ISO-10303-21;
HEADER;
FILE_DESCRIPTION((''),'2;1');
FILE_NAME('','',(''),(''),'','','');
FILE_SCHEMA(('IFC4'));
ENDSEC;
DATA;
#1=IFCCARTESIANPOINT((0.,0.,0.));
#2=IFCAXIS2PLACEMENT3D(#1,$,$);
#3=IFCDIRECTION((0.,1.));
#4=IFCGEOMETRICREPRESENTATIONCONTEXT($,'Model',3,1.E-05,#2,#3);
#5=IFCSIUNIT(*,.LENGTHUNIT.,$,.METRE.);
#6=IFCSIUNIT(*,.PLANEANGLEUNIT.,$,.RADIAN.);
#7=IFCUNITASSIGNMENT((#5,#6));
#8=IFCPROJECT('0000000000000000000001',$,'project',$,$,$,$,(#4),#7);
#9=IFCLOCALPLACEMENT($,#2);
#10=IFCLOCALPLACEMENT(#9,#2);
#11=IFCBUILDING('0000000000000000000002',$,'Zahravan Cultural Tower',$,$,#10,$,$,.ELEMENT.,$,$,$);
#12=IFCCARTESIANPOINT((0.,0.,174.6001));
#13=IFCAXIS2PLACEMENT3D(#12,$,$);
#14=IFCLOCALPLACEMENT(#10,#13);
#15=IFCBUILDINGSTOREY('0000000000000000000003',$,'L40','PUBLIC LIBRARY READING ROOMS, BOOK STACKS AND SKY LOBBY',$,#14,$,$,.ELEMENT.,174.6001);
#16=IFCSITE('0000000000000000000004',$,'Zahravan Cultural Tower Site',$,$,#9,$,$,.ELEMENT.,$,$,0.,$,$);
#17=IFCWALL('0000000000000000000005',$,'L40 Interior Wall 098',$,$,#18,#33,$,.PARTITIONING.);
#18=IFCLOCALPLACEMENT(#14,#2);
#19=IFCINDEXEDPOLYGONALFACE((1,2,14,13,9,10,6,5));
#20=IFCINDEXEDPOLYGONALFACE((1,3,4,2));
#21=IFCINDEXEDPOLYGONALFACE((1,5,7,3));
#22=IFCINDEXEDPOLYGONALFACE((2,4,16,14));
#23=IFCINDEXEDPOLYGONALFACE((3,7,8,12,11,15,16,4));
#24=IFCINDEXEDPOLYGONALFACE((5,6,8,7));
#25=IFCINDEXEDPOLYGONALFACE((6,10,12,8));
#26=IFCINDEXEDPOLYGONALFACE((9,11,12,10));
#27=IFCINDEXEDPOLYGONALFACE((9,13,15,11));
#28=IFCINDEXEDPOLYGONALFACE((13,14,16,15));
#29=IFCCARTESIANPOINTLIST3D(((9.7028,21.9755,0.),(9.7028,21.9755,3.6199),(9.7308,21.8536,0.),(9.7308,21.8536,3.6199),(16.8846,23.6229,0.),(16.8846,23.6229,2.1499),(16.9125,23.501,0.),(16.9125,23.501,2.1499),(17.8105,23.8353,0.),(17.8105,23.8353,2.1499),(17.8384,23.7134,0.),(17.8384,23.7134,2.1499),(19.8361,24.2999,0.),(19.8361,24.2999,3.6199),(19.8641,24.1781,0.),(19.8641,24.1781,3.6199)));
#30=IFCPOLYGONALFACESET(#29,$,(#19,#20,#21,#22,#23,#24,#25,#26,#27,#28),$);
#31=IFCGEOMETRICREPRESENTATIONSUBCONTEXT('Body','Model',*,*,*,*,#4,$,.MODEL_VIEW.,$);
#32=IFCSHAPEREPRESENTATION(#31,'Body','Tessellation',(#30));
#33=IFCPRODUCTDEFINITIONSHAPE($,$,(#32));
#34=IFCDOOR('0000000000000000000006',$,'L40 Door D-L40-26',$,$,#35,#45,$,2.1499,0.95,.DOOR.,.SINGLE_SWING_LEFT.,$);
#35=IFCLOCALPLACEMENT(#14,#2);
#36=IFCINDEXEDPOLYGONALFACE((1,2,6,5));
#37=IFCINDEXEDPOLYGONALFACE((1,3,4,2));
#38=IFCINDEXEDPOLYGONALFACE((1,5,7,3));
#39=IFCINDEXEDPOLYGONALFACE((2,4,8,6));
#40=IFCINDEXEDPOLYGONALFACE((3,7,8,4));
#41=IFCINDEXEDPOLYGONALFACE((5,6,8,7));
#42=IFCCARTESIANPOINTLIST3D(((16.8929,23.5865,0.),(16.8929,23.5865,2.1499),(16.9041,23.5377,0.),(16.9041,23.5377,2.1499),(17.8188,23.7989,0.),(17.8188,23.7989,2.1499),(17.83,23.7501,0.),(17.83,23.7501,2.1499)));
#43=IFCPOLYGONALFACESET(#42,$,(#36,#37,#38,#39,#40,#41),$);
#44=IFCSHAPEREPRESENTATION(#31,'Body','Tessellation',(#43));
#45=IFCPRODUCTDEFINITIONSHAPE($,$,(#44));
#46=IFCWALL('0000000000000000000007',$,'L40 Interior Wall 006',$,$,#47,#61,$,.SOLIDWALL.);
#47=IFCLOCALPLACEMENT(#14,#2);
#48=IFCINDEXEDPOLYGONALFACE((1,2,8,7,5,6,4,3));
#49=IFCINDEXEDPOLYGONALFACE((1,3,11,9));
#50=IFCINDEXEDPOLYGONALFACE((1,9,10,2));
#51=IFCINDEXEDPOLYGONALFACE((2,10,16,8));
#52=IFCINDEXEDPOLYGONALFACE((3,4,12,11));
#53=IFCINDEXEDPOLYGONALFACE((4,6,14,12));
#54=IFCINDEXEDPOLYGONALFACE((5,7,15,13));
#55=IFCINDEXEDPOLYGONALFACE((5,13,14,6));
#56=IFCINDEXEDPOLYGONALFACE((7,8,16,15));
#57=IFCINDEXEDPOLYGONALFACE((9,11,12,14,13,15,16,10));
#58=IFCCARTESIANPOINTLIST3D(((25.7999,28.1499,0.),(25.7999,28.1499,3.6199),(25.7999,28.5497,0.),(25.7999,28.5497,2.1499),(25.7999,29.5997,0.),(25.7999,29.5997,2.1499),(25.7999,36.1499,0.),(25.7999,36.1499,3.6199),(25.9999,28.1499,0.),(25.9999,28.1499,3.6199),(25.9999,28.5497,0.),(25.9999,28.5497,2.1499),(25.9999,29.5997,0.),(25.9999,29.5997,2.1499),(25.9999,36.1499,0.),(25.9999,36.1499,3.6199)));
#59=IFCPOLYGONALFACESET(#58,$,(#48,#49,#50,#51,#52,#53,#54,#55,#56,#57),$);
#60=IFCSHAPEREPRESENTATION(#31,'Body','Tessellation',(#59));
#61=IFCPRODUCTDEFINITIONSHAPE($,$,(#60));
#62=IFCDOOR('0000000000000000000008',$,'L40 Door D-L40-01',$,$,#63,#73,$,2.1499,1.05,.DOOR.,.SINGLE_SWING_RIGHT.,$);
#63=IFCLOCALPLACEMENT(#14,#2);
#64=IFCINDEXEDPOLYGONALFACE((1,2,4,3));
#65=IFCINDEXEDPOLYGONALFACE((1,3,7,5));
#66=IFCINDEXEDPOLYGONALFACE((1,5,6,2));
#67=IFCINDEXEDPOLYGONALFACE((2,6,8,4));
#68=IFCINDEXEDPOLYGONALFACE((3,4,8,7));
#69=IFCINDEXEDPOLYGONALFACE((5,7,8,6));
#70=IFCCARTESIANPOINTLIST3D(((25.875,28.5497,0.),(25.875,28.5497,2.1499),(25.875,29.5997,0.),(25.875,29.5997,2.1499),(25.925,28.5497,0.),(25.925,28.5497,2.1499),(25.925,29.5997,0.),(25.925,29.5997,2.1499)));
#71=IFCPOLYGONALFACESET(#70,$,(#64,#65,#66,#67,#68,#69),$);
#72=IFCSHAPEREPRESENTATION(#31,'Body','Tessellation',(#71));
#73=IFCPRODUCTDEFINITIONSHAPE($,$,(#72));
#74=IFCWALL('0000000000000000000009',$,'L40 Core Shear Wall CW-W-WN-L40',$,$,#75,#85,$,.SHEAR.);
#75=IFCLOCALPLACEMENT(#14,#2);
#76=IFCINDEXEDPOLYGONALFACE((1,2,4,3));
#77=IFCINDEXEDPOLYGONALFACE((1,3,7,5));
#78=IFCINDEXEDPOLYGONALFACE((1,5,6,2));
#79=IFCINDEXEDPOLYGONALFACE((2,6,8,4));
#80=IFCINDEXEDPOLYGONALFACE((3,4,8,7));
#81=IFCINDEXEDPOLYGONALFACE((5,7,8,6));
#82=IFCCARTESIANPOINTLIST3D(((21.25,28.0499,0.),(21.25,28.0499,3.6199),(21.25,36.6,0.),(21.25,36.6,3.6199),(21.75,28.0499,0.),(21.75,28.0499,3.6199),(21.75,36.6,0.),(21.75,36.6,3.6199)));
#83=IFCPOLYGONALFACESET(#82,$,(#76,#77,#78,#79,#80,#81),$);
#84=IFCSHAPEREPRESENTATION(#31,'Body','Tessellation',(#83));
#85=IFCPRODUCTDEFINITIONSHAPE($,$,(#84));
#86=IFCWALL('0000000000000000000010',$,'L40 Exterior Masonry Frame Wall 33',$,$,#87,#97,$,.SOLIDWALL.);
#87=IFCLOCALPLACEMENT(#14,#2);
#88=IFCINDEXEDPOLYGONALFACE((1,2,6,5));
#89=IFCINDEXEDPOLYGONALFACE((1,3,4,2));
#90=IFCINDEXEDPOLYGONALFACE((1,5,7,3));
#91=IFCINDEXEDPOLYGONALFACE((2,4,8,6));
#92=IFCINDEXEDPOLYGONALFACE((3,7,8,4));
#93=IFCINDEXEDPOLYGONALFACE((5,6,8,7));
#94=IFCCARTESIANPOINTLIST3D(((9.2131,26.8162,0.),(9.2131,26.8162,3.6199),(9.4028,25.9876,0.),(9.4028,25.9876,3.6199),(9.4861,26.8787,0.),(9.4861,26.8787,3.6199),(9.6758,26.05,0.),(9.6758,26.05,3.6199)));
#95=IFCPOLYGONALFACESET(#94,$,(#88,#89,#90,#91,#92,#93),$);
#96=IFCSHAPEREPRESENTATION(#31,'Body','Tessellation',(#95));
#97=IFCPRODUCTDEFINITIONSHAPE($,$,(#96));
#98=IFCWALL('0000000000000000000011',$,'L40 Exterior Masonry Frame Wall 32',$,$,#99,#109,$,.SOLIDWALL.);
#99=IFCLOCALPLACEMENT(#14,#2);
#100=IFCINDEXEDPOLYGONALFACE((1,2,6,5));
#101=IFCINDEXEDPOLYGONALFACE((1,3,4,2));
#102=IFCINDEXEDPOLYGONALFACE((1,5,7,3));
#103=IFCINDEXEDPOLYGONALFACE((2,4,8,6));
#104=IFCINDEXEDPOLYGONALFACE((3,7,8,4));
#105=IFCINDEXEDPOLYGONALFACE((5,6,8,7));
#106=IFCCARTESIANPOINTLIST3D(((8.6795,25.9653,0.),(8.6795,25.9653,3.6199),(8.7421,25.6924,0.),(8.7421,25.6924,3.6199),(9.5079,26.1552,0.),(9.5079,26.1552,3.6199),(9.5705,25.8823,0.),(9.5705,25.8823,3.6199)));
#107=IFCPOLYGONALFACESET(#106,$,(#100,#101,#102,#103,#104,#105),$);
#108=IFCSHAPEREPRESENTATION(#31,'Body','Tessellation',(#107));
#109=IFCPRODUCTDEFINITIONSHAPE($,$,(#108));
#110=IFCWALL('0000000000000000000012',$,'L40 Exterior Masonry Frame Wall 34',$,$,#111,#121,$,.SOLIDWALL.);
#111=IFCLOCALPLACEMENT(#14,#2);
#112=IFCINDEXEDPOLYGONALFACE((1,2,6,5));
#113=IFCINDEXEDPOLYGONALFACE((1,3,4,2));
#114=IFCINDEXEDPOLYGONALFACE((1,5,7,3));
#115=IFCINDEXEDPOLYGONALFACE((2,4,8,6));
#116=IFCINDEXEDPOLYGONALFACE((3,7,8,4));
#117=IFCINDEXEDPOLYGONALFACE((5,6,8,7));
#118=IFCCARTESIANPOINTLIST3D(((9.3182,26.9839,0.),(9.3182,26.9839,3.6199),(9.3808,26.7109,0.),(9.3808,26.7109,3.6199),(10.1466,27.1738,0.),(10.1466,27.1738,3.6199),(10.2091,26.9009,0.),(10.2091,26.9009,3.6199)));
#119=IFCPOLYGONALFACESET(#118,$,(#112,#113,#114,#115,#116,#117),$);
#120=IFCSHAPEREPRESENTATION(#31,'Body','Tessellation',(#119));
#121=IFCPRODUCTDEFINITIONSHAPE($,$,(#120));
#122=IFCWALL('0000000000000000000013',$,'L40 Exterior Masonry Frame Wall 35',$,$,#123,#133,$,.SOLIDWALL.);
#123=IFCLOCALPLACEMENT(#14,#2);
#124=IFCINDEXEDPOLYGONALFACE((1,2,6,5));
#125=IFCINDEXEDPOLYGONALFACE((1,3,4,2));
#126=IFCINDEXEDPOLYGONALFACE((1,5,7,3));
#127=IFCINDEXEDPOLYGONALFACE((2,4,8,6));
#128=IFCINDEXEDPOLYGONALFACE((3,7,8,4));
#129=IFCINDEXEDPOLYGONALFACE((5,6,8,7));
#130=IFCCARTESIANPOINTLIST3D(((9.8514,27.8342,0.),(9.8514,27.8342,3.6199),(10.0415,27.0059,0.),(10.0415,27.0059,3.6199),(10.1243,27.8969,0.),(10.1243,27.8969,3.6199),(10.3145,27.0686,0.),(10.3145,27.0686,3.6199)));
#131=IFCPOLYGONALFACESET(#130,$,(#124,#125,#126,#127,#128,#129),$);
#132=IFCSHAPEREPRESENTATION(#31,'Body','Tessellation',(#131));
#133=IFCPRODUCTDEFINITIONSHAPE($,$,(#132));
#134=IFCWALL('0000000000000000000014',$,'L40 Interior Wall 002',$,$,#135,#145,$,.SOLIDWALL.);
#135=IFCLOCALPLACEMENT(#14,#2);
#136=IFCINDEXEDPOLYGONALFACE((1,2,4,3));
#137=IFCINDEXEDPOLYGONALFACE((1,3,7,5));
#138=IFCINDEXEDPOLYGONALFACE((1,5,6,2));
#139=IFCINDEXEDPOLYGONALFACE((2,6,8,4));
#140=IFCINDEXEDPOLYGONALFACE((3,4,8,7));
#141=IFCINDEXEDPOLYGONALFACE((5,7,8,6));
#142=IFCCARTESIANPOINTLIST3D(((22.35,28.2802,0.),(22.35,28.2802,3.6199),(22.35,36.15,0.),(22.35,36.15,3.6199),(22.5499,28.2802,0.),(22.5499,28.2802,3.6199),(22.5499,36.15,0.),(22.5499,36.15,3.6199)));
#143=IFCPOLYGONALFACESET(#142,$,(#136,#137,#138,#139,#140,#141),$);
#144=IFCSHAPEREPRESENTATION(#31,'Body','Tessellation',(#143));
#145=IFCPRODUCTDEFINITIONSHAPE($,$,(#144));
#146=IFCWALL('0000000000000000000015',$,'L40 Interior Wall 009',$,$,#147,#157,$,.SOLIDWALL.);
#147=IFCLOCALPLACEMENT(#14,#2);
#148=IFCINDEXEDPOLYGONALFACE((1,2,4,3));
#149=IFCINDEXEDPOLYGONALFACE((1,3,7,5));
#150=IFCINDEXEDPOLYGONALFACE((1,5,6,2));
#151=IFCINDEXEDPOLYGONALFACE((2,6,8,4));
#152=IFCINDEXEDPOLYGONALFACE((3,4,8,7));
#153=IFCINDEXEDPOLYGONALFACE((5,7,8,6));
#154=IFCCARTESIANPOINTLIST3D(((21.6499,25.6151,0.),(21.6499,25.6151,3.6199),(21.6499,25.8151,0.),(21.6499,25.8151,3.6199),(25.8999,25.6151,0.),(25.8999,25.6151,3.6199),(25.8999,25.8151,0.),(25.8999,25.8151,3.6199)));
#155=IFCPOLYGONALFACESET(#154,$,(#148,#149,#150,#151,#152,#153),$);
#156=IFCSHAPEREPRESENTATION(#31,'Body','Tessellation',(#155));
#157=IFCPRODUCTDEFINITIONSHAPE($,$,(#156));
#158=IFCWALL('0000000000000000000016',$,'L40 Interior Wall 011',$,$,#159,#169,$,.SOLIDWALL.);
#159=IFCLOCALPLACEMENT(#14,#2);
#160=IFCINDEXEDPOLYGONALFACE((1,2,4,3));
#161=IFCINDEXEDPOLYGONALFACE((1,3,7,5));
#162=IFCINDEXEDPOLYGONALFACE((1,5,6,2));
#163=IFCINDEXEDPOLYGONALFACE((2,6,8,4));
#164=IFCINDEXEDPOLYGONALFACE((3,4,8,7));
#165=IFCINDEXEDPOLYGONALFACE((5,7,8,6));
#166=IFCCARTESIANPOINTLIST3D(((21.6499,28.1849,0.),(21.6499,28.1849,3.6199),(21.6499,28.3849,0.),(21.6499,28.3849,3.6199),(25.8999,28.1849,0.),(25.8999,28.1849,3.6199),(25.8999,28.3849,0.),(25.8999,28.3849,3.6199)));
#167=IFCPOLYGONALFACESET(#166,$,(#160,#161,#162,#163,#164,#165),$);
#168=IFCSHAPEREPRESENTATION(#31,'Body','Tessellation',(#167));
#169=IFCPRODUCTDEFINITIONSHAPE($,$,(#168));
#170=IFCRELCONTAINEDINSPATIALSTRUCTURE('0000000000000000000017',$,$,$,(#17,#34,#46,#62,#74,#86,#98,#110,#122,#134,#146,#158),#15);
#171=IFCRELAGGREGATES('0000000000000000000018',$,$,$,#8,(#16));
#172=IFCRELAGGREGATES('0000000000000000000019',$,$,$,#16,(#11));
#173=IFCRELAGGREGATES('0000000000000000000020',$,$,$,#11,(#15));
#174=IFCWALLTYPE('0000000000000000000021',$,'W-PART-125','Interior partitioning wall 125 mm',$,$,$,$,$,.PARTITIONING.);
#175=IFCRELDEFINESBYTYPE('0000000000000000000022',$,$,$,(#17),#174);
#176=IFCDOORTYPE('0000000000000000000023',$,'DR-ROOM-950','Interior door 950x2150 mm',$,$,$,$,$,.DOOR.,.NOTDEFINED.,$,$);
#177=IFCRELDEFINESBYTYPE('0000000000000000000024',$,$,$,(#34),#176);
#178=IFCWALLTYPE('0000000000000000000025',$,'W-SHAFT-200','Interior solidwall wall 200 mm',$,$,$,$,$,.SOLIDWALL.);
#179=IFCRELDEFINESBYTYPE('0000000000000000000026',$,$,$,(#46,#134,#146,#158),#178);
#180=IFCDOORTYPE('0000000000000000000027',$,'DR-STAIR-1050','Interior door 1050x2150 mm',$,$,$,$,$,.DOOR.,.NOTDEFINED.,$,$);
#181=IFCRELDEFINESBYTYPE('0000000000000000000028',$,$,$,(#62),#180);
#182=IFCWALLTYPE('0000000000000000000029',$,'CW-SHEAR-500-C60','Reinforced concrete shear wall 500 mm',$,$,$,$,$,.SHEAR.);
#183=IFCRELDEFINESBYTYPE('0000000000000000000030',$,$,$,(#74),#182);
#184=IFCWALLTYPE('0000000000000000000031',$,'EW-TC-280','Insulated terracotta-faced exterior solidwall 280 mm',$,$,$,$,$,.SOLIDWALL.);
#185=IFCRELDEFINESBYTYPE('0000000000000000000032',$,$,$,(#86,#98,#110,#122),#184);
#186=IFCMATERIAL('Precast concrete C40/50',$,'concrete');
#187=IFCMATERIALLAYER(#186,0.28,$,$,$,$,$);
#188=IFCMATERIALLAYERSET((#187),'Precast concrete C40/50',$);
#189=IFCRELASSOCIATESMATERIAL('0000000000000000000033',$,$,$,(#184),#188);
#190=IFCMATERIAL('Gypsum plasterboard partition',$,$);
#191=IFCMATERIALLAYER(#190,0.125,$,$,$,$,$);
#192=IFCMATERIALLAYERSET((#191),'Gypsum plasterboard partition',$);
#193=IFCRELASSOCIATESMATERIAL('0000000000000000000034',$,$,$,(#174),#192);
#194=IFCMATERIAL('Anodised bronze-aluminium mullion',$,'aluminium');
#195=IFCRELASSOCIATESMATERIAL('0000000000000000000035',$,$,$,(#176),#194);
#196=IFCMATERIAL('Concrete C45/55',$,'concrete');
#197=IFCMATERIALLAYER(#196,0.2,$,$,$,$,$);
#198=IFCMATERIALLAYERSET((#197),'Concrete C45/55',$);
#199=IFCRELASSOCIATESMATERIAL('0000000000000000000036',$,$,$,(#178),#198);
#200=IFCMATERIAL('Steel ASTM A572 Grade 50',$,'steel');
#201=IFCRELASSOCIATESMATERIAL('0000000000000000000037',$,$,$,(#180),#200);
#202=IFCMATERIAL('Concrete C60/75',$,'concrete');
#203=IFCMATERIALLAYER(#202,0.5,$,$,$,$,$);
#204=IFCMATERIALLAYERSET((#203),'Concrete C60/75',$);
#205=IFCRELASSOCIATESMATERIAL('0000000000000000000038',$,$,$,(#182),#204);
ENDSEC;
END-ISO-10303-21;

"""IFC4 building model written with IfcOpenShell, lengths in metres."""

from ifc_helpers import new_model, si_unit, direction, frame, frame_2d, origin, place, context, subcontext, project, spatial, rectangle, extrude, source, transform, mapped, material, layer, layer_set, type_object, element, fill, save


model = new_model("IFC4")

# Units and contexts
model_context = context("Model", 3, precision=1e-05, world=origin(), true_north=direction((0.0, 1.0)))
body_context = subcontext(model_context, "Body", "Model", "MODEL_VIEW")
ifc_project = project(units=[si_unit("LENGTHUNIT", "METRE"), si_unit("PLANEANGLEUNIT", "RADIAN")], contexts=[model_context])

# Site, building, storey
site_placement = place(None, origin())
site = spatial("IfcSite", under=ifc_project, at=site_placement, Name="Zahravan Cultural Tower Site", CompositionType="ELEMENT", RefElevation=0.0)
building_placement = place(site_placement, origin())
building = spatial("IfcBuilding", under=site, at=building_placement, Name="Zahravan Cultural Tower", CompositionType="ELEMENT")
storey_placement = place(building_placement, frame((0.0, 0.0, 174.6001)))
storey = spatial("IfcBuildingStorey", under=building, at=storey_placement, Name="L40", Description="PUBLIC LIBRARY READING ROOMS, BOOK STACKS AND SKY LOBBY", CompositionType="ELEMENT", Elevation=174.6001)

# Shared definitions
ifc_material_1 = material(Name="Anodised bronze-aluminium mullion", Category="aluminium")

# Shared definitions
ifc_material_2 = material(Name="Precast concrete C40/50", Category="concrete")
ifc_layer_1 = layer(ifc_material_2, 0.28)
ifc_layer_set_1 = layer_set([ifc_layer_1], Name="Precast concrete C40/50")
wall_type_1 = type_object("IfcWallType", Name="EW-TC-280", Description="Insulated terracotta-faced exterior solidwall 280 mm", PredefinedType="SOLIDWALL", material=ifc_layer_set_1)

# Walls, openings, doors
ifc_material_3 = material(Name="Gypsum plasterboard partition")
ifc_layer_2 = layer(ifc_material_3, 0.125)
ifc_layer_set_2 = layer_set([ifc_layer_2], Name="Gypsum plasterboard partition")
wall_type_2 = type_object("IfcWallType", Name="W-PART-125", Description="Interior partitioning wall 125 mm", PredefinedType="PARTITIONING", material=ifc_layer_set_2)
wall_1_placement = place(storey_placement, frame((19.8501, 24.239, 0.0), z_axis=(0.0, 0.0, 1.0), x_axis=(-0.974685, -0.223582, 0.0)))
wall_1 = element("IfcWall", 1, at=wall_1_placement, inside=storey, type_object=wall_type_2, Name="L40 Interior Wall 098", PredefinedType="PARTITIONING", context=body_context, shape_type="SweptSolid", body=[
    extrude(rectangle(XDim=10.3965, YDim=0.125, at=frame_2d((5.1982, 0.0))), origin(), (0.0, 0.0, 1.0), 3.6199),
])
opening_1_placement = place(wall_1_placement, frame((2.0781, 0.0, 0.0)))
opening_1 = element("IfcOpeningElement", 2, at=opening_1_placement, cuts=wall_1, PredefinedType="OPENING", context=body_context, shape_type="SweptSolid", body=[
    extrude(rectangle(XDim=0.95, YDim=2.1499, at=frame_2d((0.4751, 1.075))), frame((0.0, 0.0725, 0.0), z_axis=(0.0, -1.0, 0.0), x_axis=(1.0, 0.0, 0.0)), (0.0, 0.0, 1.0), 0.145),
])
door_type_1 = type_object("IfcDoorType", Name="DR-ROOM-950", Description="Interior door 950x2150 mm", OperationType="NOTDEFINED", PredefinedType="DOOR", material=ifc_material_1)
shared_shape_1 = source(origin(), body_context, "Body", "SweptSolid", [
    extrude(rectangle(XDim=0.95, YDim=2.1499, at=frame_2d((0.4751, 1.075))), frame((0.0, 0.0249, 0.0), z_axis=(0.0, -1.0, 0.0), x_axis=(1.0, 0.0, 0.0)), (0.0, 0.0, 1.0), 0.05),
])
door_1_placement = place(opening_1_placement, origin())
door_1 = element("IfcDoor", 3, at=door_1_placement, inside=storey, type_object=door_type_1, Name="L40 Door D-L40-26", OperationType="SINGLE_SWING_LEFT", OverallHeight=2.1499, OverallWidth=0.95, PredefinedType="DOOR", context=body_context, shape_type="MappedRepresentation", body=[
    mapped(shared_shape_1, transform((0.0, 0.0, 0.0), x_axis=(1.0, 0.0, 0.0), y_axis=(0.0, 1.0, 0.0), z_axis=(0.0, 0.0, 1.0), scale=1.0)),
])
fill(opening_1, door_1)
ifc_material_4 = material(Name="Concrete C45/55", Category="concrete")
ifc_layer_3 = layer(ifc_material_4, 0.2)
ifc_layer_set_3 = layer_set([ifc_layer_3], Name="Concrete C45/55")
wall_type_3 = type_object("IfcWallType", Name="W-SHAFT-200", Description="Interior solidwall wall 200 mm", PredefinedType="SOLIDWALL", material=ifc_layer_set_3)
wall_2_placement = place(storey_placement, frame((25.8999, 28.1499, 0.0), z_axis=(0.0, 0.0, 1.0), x_axis=(0.0, 1.0, 0.0)))
wall_2 = element("IfcWall", 4, at=wall_2_placement, inside=storey, type_object=wall_type_3, Name="L40 Interior Wall 006", PredefinedType="SOLIDWALL", context=body_context, shape_type="SweptSolid", body=[
    extrude(rectangle(XDim=8.0, YDim=0.2, at=frame_2d((4.0, 0.0))), origin(), (0.0, 0.0, 1.0), 3.6199),
])
opening_2_placement = place(wall_2_placement, frame((0.3999, 0.0, 0.0)))
opening_2 = element("IfcOpeningElement", 5, at=opening_2_placement, cuts=wall_2, PredefinedType="OPENING", context=body_context, shape_type="SweptSolid", body=[
    extrude(rectangle(XDim=1.05, YDim=2.1499, at=frame_2d((0.5249, 1.075))), frame((0.0, 0.1099, 0.0), z_axis=(0.0, -1.0, 0.0), x_axis=(1.0, 0.0, 0.0)), (0.0, 0.0, 1.0), 0.22),
])
ifc_material_5 = material(Name="Steel ASTM A572 Grade 50", Category="steel")
door_type_2 = type_object("IfcDoorType", Name="DR-STAIR-1050", Description="Interior door 1050x2150 mm", OperationType="NOTDEFINED", PredefinedType="DOOR", material=ifc_material_5)
shared_shape_2 = source(origin(), body_context, "Body", "SweptSolid", [
    extrude(rectangle(XDim=1.05, YDim=2.1499, at=frame_2d((0.5249, 1.075))), frame((0.0, 0.0249, 0.0), z_axis=(0.0, -1.0, 0.0), x_axis=(1.0, 0.0, 0.0)), (0.0, 0.0, 1.0), 0.05),
])
door_2_placement = place(opening_2_placement, origin())
door_2 = element("IfcDoor", 6, at=door_2_placement, inside=storey, type_object=door_type_2, Name="L40 Door D-L40-01", OperationType="SINGLE_SWING_RIGHT", OverallHeight=2.1499, OverallWidth=1.05, PredefinedType="DOOR", context=body_context, shape_type="MappedRepresentation", body=[
    mapped(shared_shape_2, transform((0.0, 0.0, 0.0), x_axis=(1.0, 0.0, 0.0), y_axis=(0.0, 1.0, 0.0), z_axis=(0.0, 0.0, 1.0), scale=1.0)),
])
fill(opening_2, door_2)

# Walls
ifc_material_6 = material(Name="Concrete C60/75", Category="concrete")
ifc_layer_4 = layer(ifc_material_6, 0.5)
ifc_layer_set_4 = layer_set([ifc_layer_4], Name="Concrete C60/75")
wall_type_4 = type_object("IfcWallType", Name="CW-SHEAR-500-C60", Description="Reinforced concrete shear wall 500 mm", PredefinedType="SHEAR", material=ifc_layer_set_4)
shared_shape_3 = source(origin(), body_context, "Body", "SweptSolid", [
    extrude(rectangle(XDim=8.55, YDim=0.5, at=frame_2d((4.2749, 0.0))), origin(), (0.0, 0.0, 1.0), 3.6199),
])
wall_3_placement = place(storey_placement, frame((21.5, 28.05, 0.0), z_axis=(0.0, 0.0, 1.0), x_axis=(0.0, 1.0, 0.0)))
element("IfcWall", 7, at=wall_3_placement, inside=storey, type_object=wall_type_4, Name="L40 Core Shear Wall CW-W-WN-L40", PredefinedType="SHEAR", context=body_context, shape_type="MappedRepresentation", body=[
    mapped(shared_shape_3, transform((0.0, 0.0, 0.0), x_axis=(1.0, 0.0, 0.0), y_axis=(0.0, 1.0, 0.0), z_axis=(0.0, 0.0, 1.0), scale=1.0)),
])
shared_shape_4 = source(origin(), body_context, "Body", "SweptSolid", [
    extrude(rectangle(XDim=0.8501, YDim=0.28, at=frame_2d((0.425, 0.0))), origin(), (0.0, 0.0, 1.0), 3.6199),
])
wall_4_placement = place(storey_placement, frame((9.5393, 26.0188, 0.0), z_axis=(0.0, 0.0, 1.0), x_axis=(-0.22316, 0.974782, 0.0)))
element("IfcWall", 8, at=wall_4_placement, inside=storey, type_object=wall_type_1, Name="L40 Exterior Masonry Frame Wall 33", PredefinedType="SOLIDWALL", context=body_context, shape_type="MappedRepresentation", body=[
    mapped(shared_shape_4, transform((0.0, 0.0, 0.0), x_axis=(1.0, 0.0, 0.0), y_axis=(0.0, 1.0, 0.0), z_axis=(0.0, 0.0, 1.0), scale=1.0)),
])
shared_shape_5 = source(origin(), body_context, "Body", "SweptSolid", [
    extrude(rectangle(XDim=0.8499, YDim=0.28, at=frame_2d((0.4248, 0.0))), origin(), (0.0, 0.0, 1.0), 3.6199),
])
for number, where, z_axis, x_axis, name in (
    (9, (8.7109, 25.8289, 0.0), (0.0, 0.0, 1.0), (0.974705, 0.223496, 0.0), "L40 Exterior Masonry Frame Wall 32"),
    (10, (9.3496, 26.8474, 0.0), (0.0, 0.0, 1.0), (0.974705, 0.223496, 0.0), "L40 Exterior Masonry Frame Wall 34"),
    (11, (10.178, 27.0374, 0.0), (0.0, 0.0, 1.0), (-0.223768, 0.974642, 0.0), "L40 Exterior Masonry Frame Wall 35"),
):
    element("IfcWall", number, at=place(storey_placement, frame(where, z_axis=z_axis, x_axis=x_axis)), inside=storey, type_object=wall_type_1, Name=name, PredefinedType="SOLIDWALL", context=body_context, shape_type="MappedRepresentation", body=[
        mapped(shared_shape_5, transform((0.0, 0.0, 0.0), x_axis=(1.0, 0.0, 0.0), y_axis=(0.0, 1.0, 0.0), z_axis=(0.0, 0.0, 1.0), scale=1.0)),
    ])
shared_shape_6 = source(origin(), body_context, "Body", "SweptSolid", [
    extrude(rectangle(XDim=7.8699, YDim=0.2, at=frame_2d((3.9351, 0.0))), origin(), (0.0, 0.0, 1.0), 3.6199),
])
wall_5_placement = place(storey_placement, frame((22.45, 28.28, 0.0), z_axis=(0.0, 0.0, 1.0), x_axis=(0.0, 1.0, 0.0)))
element("IfcWall", 12, at=wall_5_placement, inside=storey, type_object=wall_type_3, Name="L40 Interior Wall 002", PredefinedType="SOLIDWALL", context=body_context, shape_type="MappedRepresentation", body=[
    mapped(shared_shape_6, transform((0.0, 0.0, 0.0), x_axis=(1.0, 0.0, 0.0), y_axis=(0.0, 1.0, 0.0), z_axis=(0.0, 0.0, 1.0), scale=1.0)),
])
shared_shape_7 = source(origin(), body_context, "Body", "SweptSolid", [
    extrude(rectangle(XDim=4.25, YDim=0.2, at=frame_2d((2.125, 0.0))), origin(), (0.0, 0.0, 1.0), 3.6199),
])
for number, where, z_axis, x_axis, name in (
    (13, (21.6499, 25.7151, 0.0), (0.0, 0.0, 1.0), (1.0, 0.0, 0.0), "L40 Interior Wall 009"),
    (14, (21.6499, 28.2849, 0.0), (0.0, 0.0, 1.0), (1.0, 0.0, 0.0), "L40 Interior Wall 011"),
):
    element("IfcWall", number, at=place(storey_placement, frame(where, z_axis=z_axis, x_axis=x_axis)), inside=storey, type_object=wall_type_3, Name=name, PredefinedType="SOLIDWALL", context=body_context, shape_type="MappedRepresentation", body=[
        mapped(shared_shape_7, transform((0.0, 0.0, 0.0), x_axis=(1.0, 0.0, 0.0), y_axis=(0.0, 1.0, 0.0), z_axis=(0.0, 0.0, 1.0), scale=1.0)),
    ])

save(model, "model.ifc")
